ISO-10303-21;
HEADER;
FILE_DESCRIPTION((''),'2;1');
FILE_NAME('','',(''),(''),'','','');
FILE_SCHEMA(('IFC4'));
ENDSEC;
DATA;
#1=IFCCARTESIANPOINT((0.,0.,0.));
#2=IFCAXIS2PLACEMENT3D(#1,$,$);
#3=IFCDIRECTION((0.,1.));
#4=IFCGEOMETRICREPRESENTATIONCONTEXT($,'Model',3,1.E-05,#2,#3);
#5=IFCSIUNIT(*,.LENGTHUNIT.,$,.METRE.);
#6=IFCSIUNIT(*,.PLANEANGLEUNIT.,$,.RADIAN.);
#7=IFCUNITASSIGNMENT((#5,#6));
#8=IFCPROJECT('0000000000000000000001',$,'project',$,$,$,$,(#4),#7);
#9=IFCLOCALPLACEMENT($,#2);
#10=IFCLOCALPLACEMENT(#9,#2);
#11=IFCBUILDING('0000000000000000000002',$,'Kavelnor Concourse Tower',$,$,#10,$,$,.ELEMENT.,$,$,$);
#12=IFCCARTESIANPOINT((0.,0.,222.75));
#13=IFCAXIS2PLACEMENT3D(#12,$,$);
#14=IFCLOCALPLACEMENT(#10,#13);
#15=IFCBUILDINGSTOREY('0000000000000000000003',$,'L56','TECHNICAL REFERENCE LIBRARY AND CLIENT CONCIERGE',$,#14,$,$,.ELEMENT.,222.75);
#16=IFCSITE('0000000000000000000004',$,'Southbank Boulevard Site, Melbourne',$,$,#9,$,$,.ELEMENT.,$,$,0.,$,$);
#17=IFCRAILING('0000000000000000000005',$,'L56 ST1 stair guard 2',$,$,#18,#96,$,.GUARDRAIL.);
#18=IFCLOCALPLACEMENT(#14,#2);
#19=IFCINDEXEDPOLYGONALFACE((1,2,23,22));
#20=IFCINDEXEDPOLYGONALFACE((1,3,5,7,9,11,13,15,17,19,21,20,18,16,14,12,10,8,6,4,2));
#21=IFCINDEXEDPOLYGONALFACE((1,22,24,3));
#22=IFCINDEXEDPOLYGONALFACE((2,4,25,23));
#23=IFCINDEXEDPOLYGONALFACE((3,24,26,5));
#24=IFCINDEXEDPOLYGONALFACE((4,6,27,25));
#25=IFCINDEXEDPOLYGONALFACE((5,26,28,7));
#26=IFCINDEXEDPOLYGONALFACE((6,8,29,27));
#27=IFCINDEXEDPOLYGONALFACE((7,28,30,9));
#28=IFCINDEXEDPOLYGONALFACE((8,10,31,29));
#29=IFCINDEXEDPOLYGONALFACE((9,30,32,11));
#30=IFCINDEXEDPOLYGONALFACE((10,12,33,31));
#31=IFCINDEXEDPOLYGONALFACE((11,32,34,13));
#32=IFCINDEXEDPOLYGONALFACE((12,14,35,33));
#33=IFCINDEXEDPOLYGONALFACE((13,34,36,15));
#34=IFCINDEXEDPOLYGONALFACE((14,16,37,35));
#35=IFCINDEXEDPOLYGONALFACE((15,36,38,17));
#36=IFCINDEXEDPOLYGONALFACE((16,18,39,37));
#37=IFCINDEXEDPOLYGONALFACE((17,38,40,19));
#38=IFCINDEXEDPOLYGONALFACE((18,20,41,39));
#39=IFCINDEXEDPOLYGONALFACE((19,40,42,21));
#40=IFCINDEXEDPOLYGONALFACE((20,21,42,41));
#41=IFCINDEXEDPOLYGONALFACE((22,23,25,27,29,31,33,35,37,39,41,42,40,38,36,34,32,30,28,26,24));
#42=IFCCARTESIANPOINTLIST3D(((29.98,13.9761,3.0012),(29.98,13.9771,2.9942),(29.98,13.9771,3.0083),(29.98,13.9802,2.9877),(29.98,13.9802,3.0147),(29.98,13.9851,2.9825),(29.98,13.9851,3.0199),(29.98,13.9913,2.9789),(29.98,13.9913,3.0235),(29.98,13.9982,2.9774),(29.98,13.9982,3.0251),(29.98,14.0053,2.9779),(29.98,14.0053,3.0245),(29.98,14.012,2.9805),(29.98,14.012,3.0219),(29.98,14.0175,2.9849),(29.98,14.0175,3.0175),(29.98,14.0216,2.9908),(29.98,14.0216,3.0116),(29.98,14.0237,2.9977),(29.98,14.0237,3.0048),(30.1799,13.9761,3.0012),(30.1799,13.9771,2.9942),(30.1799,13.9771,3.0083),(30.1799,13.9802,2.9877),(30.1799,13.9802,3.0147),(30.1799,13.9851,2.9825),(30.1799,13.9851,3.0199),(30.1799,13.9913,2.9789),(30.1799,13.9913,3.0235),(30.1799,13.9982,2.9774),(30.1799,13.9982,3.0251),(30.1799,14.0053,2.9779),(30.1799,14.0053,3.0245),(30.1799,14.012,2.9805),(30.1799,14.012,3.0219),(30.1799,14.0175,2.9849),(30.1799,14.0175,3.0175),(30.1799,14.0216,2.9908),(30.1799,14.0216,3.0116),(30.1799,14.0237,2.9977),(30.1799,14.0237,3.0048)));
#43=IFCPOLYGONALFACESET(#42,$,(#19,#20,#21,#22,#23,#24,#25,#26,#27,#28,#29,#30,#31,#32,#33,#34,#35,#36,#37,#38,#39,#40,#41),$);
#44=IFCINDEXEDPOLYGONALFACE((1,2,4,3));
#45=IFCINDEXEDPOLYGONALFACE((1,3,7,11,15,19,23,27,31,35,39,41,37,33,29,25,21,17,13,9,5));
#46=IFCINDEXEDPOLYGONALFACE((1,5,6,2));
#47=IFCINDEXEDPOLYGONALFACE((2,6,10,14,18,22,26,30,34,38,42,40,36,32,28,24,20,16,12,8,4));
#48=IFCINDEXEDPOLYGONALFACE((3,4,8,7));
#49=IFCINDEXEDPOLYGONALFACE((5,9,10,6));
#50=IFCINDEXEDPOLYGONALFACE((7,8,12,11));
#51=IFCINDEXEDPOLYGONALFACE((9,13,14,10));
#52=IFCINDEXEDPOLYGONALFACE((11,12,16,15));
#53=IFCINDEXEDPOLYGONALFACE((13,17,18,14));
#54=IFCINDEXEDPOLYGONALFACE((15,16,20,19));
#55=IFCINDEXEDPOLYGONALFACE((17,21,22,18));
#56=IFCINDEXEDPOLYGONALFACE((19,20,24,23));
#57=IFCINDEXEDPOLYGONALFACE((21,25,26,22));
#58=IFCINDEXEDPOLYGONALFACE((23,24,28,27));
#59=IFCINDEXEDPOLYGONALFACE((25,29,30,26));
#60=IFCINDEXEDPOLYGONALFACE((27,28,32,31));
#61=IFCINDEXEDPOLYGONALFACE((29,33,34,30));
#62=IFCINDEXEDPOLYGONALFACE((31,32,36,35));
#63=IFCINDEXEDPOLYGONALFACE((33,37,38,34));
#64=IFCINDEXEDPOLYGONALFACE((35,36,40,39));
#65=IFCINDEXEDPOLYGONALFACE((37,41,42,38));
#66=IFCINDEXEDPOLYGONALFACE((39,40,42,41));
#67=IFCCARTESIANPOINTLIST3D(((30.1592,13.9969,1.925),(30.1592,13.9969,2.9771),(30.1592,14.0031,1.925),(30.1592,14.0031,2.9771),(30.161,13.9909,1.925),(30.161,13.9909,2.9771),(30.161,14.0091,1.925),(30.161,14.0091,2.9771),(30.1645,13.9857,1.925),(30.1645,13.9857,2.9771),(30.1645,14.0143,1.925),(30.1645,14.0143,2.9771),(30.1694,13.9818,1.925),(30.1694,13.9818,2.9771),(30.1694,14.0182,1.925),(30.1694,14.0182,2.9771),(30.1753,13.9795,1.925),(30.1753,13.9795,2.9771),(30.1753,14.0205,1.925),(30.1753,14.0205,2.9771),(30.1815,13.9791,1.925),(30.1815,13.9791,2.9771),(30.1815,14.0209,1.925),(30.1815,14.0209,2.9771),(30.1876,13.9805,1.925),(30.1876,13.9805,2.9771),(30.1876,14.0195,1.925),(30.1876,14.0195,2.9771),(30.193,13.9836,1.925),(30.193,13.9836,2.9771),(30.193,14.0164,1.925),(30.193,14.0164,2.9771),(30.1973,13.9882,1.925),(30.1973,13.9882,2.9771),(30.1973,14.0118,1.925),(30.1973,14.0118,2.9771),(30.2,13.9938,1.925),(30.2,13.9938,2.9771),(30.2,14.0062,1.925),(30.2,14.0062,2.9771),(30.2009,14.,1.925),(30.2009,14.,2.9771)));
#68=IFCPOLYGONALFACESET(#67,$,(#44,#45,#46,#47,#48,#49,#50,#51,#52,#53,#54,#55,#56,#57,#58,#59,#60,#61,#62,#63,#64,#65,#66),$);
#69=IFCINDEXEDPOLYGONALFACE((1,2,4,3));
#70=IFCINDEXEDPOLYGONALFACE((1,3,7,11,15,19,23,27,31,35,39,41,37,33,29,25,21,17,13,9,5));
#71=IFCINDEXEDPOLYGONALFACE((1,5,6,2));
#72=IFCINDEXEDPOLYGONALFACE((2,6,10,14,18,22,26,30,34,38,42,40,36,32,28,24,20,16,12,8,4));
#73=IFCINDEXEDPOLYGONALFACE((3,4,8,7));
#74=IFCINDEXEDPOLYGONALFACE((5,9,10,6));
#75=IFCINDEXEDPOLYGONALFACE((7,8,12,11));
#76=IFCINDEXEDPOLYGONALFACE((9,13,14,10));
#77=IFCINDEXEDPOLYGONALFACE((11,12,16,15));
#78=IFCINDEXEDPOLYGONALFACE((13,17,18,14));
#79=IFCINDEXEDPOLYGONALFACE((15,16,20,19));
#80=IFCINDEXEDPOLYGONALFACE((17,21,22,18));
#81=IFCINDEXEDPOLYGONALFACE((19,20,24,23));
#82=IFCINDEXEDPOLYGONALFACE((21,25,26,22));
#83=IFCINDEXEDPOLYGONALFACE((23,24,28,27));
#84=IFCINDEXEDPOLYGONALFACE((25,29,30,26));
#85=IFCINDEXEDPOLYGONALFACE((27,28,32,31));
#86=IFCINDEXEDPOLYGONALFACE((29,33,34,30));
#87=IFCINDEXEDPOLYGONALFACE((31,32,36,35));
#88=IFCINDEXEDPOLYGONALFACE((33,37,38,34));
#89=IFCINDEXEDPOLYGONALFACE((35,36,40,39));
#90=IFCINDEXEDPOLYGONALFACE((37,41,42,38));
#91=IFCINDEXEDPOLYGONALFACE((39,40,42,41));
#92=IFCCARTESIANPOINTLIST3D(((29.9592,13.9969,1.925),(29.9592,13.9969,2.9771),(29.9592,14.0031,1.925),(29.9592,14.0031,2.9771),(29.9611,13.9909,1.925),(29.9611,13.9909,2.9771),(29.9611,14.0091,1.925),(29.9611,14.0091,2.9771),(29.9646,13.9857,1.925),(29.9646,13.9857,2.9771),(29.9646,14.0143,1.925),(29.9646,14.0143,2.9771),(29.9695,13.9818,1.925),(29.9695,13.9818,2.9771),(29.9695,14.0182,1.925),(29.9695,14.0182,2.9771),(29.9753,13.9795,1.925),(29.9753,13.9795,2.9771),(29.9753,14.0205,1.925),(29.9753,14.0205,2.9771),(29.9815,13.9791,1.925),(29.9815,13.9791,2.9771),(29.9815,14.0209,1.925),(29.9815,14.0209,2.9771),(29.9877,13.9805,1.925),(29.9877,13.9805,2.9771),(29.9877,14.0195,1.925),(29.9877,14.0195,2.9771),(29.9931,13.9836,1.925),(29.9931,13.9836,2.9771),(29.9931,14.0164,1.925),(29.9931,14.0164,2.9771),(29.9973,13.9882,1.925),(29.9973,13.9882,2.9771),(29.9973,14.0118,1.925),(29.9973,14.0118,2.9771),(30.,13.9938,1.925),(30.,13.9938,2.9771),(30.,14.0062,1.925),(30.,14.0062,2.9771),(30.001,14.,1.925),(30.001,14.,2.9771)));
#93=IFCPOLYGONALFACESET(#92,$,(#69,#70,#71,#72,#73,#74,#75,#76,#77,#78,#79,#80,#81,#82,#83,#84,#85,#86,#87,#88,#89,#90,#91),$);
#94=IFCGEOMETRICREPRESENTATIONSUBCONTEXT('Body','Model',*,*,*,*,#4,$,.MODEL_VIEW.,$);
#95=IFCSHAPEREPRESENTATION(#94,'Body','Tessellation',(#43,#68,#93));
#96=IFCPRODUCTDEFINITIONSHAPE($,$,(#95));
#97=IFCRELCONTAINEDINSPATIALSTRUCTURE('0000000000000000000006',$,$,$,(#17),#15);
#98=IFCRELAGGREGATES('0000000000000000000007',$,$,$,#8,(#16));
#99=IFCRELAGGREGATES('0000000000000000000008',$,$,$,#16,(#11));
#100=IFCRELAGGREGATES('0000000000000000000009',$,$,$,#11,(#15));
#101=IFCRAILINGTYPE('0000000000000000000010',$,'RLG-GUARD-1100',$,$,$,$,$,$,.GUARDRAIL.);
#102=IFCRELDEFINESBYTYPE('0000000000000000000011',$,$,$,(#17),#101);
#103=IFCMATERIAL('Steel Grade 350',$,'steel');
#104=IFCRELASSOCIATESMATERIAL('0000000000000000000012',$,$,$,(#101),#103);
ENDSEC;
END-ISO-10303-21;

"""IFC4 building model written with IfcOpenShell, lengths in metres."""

from ifc_helpers import new_model, si_unit, direction, frame, origin, origin_2d, place, context, subcontext, project, spatial, circle, extrude, material, type_object, element, save


model = new_model("IFC4")

# Units and contexts
model_context = context("Model", 3, precision=1e-05, world=origin(), true_north=direction((0.0, 1.0)))
body_context = subcontext(model_context, "Body", "Model", "MODEL_VIEW")
ifc_project = project(units=[si_unit("LENGTHUNIT", "METRE"), si_unit("PLANEANGLEUNIT", "RADIAN")], contexts=[model_context])

# Site, building, storey
site_placement = place(None, origin())
site = spatial("IfcSite", under=ifc_project, at=site_placement, Name="Southbank Boulevard Site, Melbourne", CompositionType="ELEMENT", RefElevation=0.0)
building_placement = place(site_placement, origin())
building = spatial("IfcBuilding", under=site, at=building_placement, Name="Kavelnor Concourse Tower", CompositionType="ELEMENT")
storey_placement = place(building_placement, frame((0.0, 0.0, 222.75)))
storey = spatial("IfcBuildingStorey", under=building, at=storey_placement, Name="L56", Description="TECHNICAL REFERENCE LIBRARY AND CLIENT CONCIERGE", CompositionType="ELEMENT", Elevation=222.75)

# Shared definitions
ifc_material_1 = material(Name="Steel Grade 350", Category="steel")

# Railing
railing_type_1 = type_object("IfcRailingType", Name="RLG-GUARD-1100", PredefinedType="GUARDRAIL", material=ifc_material_1)
railing_1_placement = place(storey_placement, frame((30.1799, 14.0, 1.925)))
element("IfcRailing", 1, at=railing_1_placement, inside=storey, type_object=railing_type_1, Name="L56 ST1 stair guard 2", PredefinedType="GUARDRAIL", context=body_context, shape_type="SweptSolid", body=[
    extrude(circle(Radius=0.0239, at=origin_2d()), frame((0.0, 0.0, 1.0762), z_axis=(-1.0, 0.0, 0.0), x_axis=(0.0, -1.0, 0.0)), (0.0, 0.0, 1.0), 0.2),
    extrude(circle(Radius=0.021, at=origin_2d()), origin(), (0.0, 0.0, 1.0), 1.052),
    extrude(circle(Radius=0.021, at=origin_2d()), frame((-0.2, 0.0, 0.0)), (0.0, 0.0, 1.0), 1.052),
])

save(model, "model.ifc")
